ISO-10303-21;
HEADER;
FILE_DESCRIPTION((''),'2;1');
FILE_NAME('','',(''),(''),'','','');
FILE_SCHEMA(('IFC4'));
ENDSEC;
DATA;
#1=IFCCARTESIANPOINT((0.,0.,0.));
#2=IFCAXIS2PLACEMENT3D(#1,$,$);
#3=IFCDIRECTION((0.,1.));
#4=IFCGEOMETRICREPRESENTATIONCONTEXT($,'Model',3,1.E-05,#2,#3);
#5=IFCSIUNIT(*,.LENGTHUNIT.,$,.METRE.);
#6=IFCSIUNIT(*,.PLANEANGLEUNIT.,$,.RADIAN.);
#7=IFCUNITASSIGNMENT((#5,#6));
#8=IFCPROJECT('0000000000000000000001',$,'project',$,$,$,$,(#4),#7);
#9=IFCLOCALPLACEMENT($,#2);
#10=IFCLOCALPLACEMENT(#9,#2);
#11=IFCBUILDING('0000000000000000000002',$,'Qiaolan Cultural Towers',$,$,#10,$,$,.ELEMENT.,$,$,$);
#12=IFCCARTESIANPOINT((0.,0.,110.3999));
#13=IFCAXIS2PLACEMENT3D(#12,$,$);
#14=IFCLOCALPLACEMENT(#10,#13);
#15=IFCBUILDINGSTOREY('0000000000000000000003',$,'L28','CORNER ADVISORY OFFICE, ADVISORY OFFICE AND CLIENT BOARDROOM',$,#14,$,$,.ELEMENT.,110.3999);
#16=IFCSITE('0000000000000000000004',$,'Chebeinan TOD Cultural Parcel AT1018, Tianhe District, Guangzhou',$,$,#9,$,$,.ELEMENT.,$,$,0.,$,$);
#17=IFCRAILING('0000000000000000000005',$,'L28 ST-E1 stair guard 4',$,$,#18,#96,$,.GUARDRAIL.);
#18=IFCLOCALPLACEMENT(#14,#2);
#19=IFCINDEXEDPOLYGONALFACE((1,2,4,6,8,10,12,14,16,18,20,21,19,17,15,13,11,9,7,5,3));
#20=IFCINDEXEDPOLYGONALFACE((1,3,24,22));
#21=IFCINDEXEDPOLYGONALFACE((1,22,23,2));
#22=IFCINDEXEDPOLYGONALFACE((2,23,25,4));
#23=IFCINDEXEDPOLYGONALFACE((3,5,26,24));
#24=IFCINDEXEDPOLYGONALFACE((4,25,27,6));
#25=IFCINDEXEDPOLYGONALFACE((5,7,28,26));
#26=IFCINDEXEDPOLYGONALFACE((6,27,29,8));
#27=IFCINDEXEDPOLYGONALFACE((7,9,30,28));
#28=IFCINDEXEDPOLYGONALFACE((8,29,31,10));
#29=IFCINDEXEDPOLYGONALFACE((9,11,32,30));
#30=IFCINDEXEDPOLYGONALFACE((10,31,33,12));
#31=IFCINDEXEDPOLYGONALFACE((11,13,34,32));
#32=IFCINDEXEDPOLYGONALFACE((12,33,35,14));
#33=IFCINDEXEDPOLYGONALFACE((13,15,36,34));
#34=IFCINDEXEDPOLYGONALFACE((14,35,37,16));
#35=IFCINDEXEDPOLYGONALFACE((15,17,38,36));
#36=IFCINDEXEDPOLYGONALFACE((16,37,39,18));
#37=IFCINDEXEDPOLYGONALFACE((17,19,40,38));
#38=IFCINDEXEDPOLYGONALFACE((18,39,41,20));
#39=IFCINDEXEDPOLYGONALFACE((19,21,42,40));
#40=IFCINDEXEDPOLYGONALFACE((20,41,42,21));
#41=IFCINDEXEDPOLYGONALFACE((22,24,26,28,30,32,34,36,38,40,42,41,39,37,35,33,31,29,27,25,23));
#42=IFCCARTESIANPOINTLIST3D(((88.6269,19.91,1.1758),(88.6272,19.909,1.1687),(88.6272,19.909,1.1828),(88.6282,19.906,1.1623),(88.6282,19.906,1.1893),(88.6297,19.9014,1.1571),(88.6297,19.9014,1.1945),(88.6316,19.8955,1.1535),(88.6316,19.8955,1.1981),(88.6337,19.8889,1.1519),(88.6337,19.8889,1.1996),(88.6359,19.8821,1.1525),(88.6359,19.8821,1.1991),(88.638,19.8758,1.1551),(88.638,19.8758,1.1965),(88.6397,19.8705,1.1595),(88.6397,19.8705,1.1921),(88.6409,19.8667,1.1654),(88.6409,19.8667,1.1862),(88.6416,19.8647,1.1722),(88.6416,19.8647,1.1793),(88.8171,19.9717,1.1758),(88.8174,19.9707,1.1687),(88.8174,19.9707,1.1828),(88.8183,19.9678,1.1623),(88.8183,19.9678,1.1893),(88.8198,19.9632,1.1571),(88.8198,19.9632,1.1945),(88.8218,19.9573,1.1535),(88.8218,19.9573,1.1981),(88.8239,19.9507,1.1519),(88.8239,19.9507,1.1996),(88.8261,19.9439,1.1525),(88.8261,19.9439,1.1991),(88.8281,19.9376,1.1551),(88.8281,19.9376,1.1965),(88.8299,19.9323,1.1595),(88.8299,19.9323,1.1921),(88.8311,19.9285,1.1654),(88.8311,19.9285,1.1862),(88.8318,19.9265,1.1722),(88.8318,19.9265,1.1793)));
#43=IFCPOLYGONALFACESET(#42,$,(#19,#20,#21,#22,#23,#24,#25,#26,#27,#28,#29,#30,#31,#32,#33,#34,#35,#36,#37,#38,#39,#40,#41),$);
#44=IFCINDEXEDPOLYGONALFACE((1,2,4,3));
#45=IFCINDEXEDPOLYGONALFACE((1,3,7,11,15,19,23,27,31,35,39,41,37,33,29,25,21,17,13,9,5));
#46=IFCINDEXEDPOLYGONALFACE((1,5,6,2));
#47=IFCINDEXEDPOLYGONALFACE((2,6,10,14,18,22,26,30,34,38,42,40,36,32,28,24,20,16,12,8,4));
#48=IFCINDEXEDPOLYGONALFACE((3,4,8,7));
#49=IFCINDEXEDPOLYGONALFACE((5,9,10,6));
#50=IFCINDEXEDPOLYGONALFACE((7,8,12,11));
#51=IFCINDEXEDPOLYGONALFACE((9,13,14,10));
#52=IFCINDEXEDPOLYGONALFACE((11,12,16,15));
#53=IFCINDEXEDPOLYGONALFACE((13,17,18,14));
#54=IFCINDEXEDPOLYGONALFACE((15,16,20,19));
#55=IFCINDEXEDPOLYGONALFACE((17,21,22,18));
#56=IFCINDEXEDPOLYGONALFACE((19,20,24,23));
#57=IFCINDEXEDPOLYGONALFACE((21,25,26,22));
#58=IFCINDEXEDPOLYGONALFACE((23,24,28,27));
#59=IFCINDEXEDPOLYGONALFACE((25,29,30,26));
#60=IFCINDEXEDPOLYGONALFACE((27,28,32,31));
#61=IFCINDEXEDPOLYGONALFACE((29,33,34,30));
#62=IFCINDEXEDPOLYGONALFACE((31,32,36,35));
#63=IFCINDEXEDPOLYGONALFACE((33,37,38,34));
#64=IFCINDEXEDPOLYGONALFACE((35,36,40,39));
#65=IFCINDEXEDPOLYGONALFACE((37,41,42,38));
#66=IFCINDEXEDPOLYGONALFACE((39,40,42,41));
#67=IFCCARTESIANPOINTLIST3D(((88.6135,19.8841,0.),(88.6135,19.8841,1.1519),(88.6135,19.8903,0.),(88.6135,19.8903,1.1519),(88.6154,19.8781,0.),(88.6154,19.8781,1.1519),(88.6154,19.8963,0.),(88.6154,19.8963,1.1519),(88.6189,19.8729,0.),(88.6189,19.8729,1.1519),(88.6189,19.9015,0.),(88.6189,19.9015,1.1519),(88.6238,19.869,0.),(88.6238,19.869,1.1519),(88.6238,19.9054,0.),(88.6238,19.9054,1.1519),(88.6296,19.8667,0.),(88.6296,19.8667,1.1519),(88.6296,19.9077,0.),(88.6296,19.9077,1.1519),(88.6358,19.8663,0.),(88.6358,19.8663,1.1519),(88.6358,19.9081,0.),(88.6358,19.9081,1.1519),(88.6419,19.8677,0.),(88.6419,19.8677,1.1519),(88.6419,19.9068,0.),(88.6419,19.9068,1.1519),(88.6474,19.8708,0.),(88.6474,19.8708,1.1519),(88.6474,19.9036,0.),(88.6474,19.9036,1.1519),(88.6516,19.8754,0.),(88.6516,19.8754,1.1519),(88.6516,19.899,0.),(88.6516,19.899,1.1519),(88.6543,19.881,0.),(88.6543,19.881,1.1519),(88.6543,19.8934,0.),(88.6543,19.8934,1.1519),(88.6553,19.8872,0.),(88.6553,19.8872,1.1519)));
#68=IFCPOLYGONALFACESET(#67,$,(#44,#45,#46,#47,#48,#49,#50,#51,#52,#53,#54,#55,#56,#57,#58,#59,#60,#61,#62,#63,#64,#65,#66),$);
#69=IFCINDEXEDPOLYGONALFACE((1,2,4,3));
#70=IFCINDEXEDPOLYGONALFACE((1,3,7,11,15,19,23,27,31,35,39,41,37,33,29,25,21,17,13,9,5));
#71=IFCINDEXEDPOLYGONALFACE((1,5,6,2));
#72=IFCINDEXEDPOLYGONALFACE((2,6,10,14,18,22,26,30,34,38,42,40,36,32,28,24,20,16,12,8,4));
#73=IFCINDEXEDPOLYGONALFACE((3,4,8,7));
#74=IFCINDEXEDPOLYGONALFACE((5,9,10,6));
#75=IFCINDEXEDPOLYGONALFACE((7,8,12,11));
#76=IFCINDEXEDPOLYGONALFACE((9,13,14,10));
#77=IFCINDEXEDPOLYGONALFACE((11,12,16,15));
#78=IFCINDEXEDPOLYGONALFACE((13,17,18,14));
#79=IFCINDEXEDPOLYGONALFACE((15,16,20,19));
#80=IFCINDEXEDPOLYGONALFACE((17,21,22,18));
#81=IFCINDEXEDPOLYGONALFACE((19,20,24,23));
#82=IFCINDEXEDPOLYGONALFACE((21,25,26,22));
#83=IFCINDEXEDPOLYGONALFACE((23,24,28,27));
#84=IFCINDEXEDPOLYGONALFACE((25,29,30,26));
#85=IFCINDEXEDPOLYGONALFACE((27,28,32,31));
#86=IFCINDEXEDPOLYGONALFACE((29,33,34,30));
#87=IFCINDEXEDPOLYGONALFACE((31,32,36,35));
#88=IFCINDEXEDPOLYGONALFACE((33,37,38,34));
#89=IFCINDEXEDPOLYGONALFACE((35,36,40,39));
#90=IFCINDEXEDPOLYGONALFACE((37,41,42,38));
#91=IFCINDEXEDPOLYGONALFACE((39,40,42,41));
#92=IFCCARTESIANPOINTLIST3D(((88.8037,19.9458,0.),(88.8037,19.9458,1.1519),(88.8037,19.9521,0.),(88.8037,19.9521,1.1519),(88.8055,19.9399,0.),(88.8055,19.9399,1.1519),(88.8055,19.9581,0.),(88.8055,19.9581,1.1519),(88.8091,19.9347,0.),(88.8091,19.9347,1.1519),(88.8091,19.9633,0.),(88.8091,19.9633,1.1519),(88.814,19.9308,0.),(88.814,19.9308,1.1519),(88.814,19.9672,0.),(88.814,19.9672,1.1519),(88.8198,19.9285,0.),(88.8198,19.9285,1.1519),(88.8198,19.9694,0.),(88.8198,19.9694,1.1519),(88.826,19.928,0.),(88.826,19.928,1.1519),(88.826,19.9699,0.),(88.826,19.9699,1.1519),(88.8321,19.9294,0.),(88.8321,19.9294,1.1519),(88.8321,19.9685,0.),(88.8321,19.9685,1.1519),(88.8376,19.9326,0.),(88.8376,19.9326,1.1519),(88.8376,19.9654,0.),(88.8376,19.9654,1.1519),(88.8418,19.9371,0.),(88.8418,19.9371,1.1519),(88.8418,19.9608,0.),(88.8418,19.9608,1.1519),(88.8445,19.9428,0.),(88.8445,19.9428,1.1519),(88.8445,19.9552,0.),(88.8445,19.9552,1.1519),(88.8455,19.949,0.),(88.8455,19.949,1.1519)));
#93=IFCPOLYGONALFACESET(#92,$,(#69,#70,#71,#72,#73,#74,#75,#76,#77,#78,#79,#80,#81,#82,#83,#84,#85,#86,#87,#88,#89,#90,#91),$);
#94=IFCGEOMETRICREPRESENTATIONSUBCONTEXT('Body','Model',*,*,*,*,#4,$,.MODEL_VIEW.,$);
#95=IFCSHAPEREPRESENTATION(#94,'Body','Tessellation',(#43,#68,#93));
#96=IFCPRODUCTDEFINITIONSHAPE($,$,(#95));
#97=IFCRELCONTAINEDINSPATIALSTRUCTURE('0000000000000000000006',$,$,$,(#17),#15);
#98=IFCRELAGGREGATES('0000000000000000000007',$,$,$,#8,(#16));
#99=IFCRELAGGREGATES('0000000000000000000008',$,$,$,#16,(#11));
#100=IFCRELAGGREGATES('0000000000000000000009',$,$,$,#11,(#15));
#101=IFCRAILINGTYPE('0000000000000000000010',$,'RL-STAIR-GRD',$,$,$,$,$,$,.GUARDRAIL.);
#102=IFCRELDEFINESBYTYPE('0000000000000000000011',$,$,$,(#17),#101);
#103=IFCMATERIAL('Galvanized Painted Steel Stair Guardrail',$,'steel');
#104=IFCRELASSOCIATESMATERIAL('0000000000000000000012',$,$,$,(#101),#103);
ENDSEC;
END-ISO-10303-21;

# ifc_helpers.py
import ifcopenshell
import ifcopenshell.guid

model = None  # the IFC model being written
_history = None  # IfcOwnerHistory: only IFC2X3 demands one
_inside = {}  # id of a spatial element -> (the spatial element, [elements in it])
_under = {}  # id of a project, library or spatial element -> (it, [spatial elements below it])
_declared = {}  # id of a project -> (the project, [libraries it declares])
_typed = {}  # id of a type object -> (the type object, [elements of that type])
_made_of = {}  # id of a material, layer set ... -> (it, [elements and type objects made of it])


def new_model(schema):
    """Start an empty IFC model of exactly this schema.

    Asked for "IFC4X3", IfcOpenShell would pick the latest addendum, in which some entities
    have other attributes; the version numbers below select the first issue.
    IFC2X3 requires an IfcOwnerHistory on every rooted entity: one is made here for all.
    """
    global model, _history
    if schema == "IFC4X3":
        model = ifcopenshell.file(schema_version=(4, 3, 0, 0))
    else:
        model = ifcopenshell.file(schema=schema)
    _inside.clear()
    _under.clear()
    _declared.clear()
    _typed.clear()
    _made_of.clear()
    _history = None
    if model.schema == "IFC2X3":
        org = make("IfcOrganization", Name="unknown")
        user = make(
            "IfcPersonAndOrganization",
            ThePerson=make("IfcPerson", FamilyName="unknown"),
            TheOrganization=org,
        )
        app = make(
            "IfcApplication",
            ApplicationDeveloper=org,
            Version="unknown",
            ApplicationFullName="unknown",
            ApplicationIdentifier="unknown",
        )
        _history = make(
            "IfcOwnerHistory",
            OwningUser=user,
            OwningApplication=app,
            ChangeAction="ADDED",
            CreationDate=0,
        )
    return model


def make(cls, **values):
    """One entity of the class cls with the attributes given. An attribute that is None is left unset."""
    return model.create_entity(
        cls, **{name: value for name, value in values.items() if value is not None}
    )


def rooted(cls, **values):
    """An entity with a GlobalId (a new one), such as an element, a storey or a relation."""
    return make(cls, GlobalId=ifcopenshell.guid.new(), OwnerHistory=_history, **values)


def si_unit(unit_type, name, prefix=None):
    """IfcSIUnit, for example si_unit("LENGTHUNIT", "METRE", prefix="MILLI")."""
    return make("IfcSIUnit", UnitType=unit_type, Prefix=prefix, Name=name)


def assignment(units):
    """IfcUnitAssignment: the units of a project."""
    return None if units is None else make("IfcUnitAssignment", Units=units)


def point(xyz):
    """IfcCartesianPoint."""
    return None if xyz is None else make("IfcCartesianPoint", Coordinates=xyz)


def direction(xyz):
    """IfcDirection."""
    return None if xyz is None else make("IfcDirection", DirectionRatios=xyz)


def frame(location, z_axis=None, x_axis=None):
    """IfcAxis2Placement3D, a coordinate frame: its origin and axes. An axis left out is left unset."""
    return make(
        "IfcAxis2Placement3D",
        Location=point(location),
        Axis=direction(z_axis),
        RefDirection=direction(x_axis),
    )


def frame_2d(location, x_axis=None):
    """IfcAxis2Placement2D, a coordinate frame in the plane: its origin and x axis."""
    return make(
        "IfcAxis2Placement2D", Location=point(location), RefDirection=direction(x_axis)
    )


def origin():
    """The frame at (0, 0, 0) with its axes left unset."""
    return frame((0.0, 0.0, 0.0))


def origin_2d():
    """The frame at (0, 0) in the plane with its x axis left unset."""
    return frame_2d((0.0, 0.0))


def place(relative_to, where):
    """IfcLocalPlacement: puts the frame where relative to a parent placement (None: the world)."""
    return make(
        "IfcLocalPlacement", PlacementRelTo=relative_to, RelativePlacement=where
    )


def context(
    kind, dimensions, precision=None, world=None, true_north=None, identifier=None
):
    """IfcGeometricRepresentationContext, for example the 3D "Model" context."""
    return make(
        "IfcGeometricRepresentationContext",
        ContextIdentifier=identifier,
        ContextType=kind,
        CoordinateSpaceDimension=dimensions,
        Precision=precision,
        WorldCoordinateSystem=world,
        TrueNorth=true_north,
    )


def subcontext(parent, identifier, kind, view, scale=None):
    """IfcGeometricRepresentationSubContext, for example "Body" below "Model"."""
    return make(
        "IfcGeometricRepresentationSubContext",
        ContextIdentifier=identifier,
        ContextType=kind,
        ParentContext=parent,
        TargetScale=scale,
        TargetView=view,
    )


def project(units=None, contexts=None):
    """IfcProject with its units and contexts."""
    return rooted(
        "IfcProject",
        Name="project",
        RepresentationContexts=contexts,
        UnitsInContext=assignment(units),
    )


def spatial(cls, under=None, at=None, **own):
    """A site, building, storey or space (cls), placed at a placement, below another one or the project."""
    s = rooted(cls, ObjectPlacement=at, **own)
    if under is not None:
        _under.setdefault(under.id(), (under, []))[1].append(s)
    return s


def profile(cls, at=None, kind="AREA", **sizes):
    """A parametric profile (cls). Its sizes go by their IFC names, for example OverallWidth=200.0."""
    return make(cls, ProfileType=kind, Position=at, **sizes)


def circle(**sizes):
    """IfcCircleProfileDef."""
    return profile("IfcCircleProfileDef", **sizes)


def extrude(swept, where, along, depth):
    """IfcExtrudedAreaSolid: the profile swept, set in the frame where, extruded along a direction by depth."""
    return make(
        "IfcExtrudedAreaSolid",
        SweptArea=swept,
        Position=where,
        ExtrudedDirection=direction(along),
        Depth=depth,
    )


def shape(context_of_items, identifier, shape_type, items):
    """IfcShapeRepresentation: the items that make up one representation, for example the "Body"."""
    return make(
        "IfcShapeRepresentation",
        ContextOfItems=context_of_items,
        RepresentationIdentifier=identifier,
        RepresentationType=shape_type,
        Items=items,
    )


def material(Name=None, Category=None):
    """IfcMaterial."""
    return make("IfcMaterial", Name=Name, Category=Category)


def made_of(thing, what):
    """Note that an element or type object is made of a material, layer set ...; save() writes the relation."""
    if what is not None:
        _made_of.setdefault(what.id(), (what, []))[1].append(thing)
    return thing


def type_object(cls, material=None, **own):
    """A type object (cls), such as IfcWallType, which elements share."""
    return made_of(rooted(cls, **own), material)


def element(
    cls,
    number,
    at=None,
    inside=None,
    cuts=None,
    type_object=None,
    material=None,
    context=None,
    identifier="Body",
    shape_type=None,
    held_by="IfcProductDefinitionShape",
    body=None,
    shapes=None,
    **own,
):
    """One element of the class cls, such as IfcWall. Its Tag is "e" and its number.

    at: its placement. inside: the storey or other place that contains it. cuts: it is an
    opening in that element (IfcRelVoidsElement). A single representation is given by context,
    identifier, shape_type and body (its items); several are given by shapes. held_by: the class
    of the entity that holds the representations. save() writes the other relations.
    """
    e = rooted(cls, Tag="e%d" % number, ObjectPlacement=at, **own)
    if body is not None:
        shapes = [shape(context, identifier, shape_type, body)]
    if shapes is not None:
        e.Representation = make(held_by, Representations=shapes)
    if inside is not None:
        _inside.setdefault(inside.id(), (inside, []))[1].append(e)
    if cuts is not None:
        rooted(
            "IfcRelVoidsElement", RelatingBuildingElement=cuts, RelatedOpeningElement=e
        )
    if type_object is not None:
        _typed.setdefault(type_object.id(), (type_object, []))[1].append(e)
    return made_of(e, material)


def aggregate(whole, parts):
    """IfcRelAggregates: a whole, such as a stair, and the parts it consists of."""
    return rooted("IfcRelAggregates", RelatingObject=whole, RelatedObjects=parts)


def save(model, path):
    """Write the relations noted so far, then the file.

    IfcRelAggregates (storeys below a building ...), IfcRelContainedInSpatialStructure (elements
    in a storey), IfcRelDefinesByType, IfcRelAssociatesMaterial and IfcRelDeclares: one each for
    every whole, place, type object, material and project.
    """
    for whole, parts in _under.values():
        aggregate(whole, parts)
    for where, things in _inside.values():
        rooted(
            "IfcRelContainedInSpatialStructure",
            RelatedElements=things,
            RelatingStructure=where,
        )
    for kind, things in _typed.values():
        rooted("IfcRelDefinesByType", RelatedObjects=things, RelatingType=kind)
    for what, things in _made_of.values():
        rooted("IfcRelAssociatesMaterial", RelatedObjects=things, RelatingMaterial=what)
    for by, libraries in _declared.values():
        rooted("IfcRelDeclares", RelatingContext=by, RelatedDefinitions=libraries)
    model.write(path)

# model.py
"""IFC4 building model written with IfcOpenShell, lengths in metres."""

from ifc_helpers import new_model, si_unit, direction, frame, origin, origin_2d, place, context, subcontext, project, spatial, circle, extrude, material, type_object, element, save


model = new_model("IFC4")

# Units and contexts
model_context = context("Model", 3, precision=1e-05, world=origin(), true_north=direction((0.0, 1.0)))
body_context = subcontext(model_context, "Body", "Model", "MODEL_VIEW")
ifc_project = project(units=[si_unit("LENGTHUNIT", "METRE"), si_unit("PLANEANGLEUNIT", "RADIAN")], contexts=[model_context])

# Site, building, storey
site_placement = place(None, origin())
site = spatial("IfcSite", under=ifc_project, at=site_placement, Name="Chebeinan TOD Cultural Parcel AT1018, Tianhe District, Guangzhou", CompositionType="ELEMENT", RefElevation=0.0)
building_placement = place(site_placement, origin())
building = spatial("IfcBuilding", under=site, at=building_placement, Name="Qiaolan Cultural Towers", CompositionType="ELEMENT")
storey_placement = place(building_placement, frame((0.0, 0.0, 110.3999)))
storey = spatial("IfcBuildingStorey", under=building, at=storey_placement, Name="L28", Description="CORNER ADVISORY OFFICE, ADVISORY OFFICE AND CLIENT BOARDROOM", CompositionType="ELEMENT", Elevation=110.3999)

# Railing
ifc_material_1 = material(Name="Galvanized Painted Steel Stair Guardrail", Category="steel")
railing_type_1 = type_object("IfcRailingType", Name="RL-STAIR-GRD", PredefinedType="GUARDRAIL", material=ifc_material_1)
railing_1_placement = place(storey_placement, frame((88.6343, 19.8872, 0.0)))
element("IfcRailing", 1, at=railing_1_placement, inside=storey, type_object=railing_type_1, Name="L28 ST-E1 stair guard 4", PredefinedType="GUARDRAIL", context=body_context, shape_type="SweptSolid", body=[
    extrude(circle(Radius=0.0239, at=origin_2d()), frame((0.0, 0.0, 1.1758), z_axis=(0.951097, 0.308893, 0.0), x_axis=(-0.308893, 0.951097, 0.0)), (0.0, 0.0, 1.0), 0.2),
    extrude(circle(Radius=0.021, at=origin_2d()), origin(), (0.0, 0.0, 1.0), 1.1519),
    extrude(circle(Radius=0.021, at=origin_2d()), frame((0.1902, 0.0618, 0.0)), (0.0, 0.0, 1.0), 1.1519),
])

save(model, "model.ifc")
